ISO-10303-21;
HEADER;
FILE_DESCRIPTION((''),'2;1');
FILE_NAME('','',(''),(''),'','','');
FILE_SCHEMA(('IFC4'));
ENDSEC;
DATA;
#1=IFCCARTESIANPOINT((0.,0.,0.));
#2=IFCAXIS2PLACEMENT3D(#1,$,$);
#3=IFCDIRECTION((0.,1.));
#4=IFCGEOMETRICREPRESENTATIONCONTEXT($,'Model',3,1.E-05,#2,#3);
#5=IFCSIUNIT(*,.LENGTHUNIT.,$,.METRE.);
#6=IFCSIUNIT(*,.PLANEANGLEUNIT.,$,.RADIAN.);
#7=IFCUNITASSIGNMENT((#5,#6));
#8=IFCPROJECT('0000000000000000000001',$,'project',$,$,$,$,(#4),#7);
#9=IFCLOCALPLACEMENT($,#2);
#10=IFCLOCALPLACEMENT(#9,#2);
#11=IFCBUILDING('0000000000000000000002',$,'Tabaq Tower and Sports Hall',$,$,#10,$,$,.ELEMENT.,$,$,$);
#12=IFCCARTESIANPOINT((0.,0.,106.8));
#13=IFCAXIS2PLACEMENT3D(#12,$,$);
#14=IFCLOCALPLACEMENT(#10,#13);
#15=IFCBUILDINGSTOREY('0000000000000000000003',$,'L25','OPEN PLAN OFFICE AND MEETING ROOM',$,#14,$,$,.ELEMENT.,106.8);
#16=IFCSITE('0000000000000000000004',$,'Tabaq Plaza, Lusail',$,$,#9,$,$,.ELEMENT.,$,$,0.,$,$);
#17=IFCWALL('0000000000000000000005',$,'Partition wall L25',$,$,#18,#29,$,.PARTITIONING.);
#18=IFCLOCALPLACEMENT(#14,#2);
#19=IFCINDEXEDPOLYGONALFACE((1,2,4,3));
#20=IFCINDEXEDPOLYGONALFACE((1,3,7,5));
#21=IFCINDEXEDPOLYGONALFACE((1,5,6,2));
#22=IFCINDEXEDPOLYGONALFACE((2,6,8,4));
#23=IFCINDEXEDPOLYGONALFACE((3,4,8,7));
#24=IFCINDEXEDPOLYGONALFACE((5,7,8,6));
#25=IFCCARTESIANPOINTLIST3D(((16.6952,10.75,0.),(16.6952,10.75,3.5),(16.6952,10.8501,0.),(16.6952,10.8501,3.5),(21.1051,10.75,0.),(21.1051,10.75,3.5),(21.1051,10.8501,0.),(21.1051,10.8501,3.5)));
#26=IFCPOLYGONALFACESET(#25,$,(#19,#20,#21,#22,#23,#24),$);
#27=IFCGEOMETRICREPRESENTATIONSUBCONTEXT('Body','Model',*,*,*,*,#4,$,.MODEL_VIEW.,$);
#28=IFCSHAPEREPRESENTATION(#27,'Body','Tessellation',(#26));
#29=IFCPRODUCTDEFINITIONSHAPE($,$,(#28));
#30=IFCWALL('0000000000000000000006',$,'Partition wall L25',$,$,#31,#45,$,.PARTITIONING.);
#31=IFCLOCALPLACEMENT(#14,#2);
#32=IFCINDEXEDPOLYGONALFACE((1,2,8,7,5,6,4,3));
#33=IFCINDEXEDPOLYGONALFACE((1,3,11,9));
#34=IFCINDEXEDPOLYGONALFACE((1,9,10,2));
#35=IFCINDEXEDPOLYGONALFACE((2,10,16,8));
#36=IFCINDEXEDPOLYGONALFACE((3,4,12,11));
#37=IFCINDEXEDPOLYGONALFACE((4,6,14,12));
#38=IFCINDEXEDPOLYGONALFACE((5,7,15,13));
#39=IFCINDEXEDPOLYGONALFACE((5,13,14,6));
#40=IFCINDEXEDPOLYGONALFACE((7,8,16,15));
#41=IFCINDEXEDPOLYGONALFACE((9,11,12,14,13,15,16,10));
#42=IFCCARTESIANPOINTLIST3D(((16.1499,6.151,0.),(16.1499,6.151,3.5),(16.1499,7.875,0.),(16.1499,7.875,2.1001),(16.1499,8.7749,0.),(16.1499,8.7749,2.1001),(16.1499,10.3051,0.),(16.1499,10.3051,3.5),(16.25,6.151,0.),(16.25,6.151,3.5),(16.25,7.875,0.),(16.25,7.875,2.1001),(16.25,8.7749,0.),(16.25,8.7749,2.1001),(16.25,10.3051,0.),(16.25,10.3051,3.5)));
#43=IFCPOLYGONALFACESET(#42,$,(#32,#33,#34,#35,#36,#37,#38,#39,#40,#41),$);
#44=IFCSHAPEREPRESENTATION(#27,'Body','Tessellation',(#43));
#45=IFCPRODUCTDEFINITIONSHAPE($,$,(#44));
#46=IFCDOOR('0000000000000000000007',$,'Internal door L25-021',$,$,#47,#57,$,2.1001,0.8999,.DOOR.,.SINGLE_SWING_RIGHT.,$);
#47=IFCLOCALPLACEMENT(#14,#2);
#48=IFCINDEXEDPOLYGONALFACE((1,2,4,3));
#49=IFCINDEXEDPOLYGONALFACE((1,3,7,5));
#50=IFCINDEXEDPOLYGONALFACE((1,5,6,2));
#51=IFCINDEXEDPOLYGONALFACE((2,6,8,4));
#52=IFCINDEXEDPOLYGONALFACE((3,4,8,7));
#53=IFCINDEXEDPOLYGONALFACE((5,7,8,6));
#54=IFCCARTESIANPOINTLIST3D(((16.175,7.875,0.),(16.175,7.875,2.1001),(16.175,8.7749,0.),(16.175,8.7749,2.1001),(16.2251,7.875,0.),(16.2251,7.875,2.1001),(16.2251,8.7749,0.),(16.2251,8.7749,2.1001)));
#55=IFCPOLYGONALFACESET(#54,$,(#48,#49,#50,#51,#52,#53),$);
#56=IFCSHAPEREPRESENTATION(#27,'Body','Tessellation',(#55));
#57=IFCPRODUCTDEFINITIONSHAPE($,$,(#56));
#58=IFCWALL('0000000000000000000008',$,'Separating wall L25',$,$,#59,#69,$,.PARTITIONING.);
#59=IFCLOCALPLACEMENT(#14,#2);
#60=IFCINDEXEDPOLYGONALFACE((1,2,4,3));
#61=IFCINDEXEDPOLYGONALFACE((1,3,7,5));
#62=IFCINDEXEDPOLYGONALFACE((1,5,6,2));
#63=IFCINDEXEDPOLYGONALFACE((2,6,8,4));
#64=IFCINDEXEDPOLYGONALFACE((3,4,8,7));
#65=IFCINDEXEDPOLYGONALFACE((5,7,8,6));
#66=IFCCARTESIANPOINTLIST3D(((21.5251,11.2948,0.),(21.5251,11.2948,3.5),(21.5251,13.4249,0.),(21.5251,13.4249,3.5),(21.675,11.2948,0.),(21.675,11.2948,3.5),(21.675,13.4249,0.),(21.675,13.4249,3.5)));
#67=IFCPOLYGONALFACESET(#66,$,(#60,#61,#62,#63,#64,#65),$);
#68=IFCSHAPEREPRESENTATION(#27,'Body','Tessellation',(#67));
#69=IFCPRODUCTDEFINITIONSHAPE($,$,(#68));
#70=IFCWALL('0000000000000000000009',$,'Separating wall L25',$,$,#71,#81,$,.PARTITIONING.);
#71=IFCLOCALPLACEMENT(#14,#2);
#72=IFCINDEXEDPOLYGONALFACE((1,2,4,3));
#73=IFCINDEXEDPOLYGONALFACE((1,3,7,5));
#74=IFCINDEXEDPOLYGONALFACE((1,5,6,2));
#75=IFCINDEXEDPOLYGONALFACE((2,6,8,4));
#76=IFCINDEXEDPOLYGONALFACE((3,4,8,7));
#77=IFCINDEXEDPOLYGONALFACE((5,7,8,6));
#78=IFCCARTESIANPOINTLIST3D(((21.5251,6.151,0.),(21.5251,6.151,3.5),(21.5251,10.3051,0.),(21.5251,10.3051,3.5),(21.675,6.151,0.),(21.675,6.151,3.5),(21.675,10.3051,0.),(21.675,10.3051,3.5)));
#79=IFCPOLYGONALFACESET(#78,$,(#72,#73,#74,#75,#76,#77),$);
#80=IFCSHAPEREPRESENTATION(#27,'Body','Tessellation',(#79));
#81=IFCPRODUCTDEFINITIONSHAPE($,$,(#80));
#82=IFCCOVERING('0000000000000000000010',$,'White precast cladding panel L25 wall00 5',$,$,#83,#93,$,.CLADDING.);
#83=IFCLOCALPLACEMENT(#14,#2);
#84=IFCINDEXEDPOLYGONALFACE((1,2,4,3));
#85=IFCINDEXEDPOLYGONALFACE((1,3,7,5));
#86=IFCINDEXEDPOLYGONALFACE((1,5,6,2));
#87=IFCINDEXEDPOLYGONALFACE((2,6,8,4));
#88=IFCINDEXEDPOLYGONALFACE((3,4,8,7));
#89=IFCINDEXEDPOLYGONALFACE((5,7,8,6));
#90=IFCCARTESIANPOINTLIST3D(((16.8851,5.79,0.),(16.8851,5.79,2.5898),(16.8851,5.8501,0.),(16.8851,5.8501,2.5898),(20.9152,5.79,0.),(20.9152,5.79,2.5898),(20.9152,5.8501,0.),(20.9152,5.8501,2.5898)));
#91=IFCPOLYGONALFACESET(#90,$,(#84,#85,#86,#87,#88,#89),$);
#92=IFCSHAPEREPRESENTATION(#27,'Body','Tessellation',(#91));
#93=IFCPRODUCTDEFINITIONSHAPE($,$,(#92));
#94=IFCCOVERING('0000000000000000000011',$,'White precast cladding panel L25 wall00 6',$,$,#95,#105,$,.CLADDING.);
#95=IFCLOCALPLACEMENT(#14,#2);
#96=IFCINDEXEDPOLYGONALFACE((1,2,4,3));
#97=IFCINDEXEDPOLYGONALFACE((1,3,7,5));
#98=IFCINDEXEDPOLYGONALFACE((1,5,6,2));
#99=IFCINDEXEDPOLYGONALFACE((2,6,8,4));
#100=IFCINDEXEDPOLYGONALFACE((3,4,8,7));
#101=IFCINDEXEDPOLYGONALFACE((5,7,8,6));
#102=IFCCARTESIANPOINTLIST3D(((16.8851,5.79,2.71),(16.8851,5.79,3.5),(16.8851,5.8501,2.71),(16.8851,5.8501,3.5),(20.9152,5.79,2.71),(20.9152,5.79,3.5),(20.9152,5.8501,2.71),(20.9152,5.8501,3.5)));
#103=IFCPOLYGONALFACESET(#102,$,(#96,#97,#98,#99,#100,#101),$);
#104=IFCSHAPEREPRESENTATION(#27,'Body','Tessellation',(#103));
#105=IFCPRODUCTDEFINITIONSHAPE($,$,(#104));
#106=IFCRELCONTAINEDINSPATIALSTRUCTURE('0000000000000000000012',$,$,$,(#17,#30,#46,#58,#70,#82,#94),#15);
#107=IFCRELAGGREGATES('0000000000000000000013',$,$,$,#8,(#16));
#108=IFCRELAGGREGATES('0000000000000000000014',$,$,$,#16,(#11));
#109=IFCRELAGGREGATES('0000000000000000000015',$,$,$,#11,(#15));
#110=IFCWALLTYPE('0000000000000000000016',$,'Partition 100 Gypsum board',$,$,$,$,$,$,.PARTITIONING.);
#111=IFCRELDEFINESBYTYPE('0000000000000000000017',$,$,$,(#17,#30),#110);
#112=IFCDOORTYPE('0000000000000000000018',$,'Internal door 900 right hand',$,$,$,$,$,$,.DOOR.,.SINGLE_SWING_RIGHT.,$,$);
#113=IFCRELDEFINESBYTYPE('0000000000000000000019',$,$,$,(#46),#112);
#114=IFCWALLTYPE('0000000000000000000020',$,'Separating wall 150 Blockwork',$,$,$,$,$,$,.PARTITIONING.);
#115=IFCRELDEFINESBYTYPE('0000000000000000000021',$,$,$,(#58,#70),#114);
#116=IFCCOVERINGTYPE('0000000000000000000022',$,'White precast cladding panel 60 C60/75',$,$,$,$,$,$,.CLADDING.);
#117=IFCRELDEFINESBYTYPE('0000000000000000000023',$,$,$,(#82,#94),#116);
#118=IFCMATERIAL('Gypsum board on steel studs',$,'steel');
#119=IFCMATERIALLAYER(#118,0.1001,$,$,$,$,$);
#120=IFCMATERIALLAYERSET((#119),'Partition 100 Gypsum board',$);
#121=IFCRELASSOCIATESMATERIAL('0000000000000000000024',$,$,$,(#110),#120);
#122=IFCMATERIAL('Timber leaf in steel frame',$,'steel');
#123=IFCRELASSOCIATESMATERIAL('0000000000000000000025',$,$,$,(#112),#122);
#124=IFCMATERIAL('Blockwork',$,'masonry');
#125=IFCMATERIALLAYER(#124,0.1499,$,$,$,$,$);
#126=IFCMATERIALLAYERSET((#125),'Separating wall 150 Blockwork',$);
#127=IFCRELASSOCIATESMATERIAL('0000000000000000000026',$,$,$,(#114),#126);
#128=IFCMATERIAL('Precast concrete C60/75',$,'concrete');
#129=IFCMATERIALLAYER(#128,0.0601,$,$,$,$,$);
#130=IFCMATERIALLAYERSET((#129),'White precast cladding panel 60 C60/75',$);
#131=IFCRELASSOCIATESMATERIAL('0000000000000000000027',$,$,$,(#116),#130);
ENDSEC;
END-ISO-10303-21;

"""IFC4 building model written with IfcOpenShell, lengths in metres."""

from ifc_helpers import new_model, si_unit, direction, frame, frame_2d, origin, place, context, subcontext, project, spatial, rectangle, extrude, material, layer, layer_set, type_object, element, fill, save


model = new_model("IFC4")

# Units and contexts
model_context = context("Model", 3, precision=1e-05, world=origin(), true_north=direction((0.0, 1.0)))
body_context = subcontext(model_context, "Body", "Model", "MODEL_VIEW")
ifc_project = project(units=[si_unit("LENGTHUNIT", "METRE"), si_unit("PLANEANGLEUNIT", "RADIAN")], contexts=[model_context])

# Site, building, storey
site_placement = place(None, origin())
site = spatial("IfcSite", under=ifc_project, at=site_placement, Name="Tabaq Plaza, Lusail", CompositionType="ELEMENT", RefElevation=0.0)
building_placement = place(site_placement, origin())
building = spatial("IfcBuilding", under=site, at=building_placement, Name="Tabaq Tower and Sports Hall", CompositionType="ELEMENT")
storey_placement = place(building_placement, frame((0.0, 0.0, 106.8)))
storey = spatial("IfcBuildingStorey", under=building, at=storey_placement, Name="L25", Description="OPEN PLAN OFFICE AND MEETING ROOM", CompositionType="ELEMENT", Elevation=106.8)

# Shared definitions
ifc_material_1 = material(Name="Gypsum board on steel studs", Category="steel")
ifc_layer_1 = layer(ifc_material_1, 0.1001)
ifc_layer_set_1 = layer_set([ifc_layer_1], Name="Partition 100 Gypsum board")
wall_type_1 = type_object("IfcWallType", Name="Partition 100 Gypsum board", PredefinedType="PARTITIONING", material=ifc_layer_set_1)
ifc_material_2 = material(Name="Timber leaf in steel frame", Category="steel")
door_type_1 = type_object("IfcDoorType", Name="Internal door 900 right hand", OperationType="SINGLE_SWING_RIGHT", PredefinedType="DOOR", material=ifc_material_2)

# Wall
wall_1_placement = place(storey_placement, frame((16.6951, 10.8, 0.0), z_axis=(0.0, 0.0, 1.0), x_axis=(1.0, 0.0, 0.0)))
element("IfcWall", 1, at=wall_1_placement, inside=storey, type_object=wall_type_1, Name="Partition wall L25", PredefinedType="PARTITIONING", context=body_context, shape_type="SweptSolid", body=[
    extrude(rectangle(XDim=4.4099, YDim=0.1001, at=frame_2d((2.2051, 0.0))), origin(), (0.0, 0.0, 1.0), 3.5),
])

# Wall, opening, door
wall_2_placement = place(storey_placement, frame((16.2, 6.1509, 0.0), z_axis=(0.0, 0.0, 1.0), x_axis=(0.0, 1.0, 0.0)))
wall_2 = element("IfcWall", 2, at=wall_2_placement, inside=storey, type_object=wall_type_1, Name="Partition wall L25", PredefinedType="PARTITIONING", context=body_context, shape_type="SweptSolid", body=[
    extrude(rectangle(XDim=4.1541, YDim=0.1001, at=frame_2d((2.0771, 0.0))), origin(), (0.0, 0.0, 1.0), 3.5),
])
opening_1_placement = place(wall_2_placement, frame((1.7241, 0.0, 0.0)))
opening_1 = element("IfcOpeningElement", 3, at=opening_1_placement, cuts=wall_2, PredefinedType="OPENING", context=body_context, shape_type="SweptSolid", body=[
    extrude(rectangle(XDim=0.8999, YDim=2.1001, at=frame_2d((0.45, 1.05))), frame((0.0, 0.05, 0.0), z_axis=(0.0, -1.0, 0.0), x_axis=(1.0, 0.0, 0.0)), (0.0, 0.0, 1.0), 0.1001),
])
door_1_placement = place(opening_1_placement, origin())
door_1 = element("IfcDoor", 4, at=door_1_placement, inside=storey, type_object=door_type_1, Name="Internal door L25-021", OperationType="SINGLE_SWING_RIGHT", OverallHeight=2.1001, OverallWidth=0.8999, PredefinedType="DOOR", context=body_context, shape_type="SweptSolid", body=[
    extrude(rectangle(XDim=0.8999, YDim=2.1001, at=frame_2d((0.45, 1.05))), frame((0.0, 0.0249, 0.0), z_axis=(0.0, -1.0, 0.0), x_axis=(1.0, 0.0, 0.0)), (0.0, 0.0, 1.0), 0.05),
])
fill(opening_1, door_1)

# Walls
ifc_material_3 = material(Name="Blockwork", Category="masonry")
ifc_layer_2 = layer(ifc_material_3, 0.1499)
ifc_layer_set_2 = layer_set([ifc_layer_2], Name="Separating wall 150 Blockwork")
wall_type_2 = type_object("IfcWallType", Name="Separating wall 150 Blockwork", PredefinedType="PARTITIONING", material=ifc_layer_set_2)
wall_3_placement = place(storey_placement, frame((21.6001, 11.2949, 0.0), z_axis=(0.0, 0.0, 1.0), x_axis=(0.0, 1.0, 0.0)))
element("IfcWall", 5, at=wall_3_placement, inside=storey, type_object=wall_type_2, Name="Separating wall L25", PredefinedType="PARTITIONING", context=body_context, shape_type="SweptSolid", body=[
    extrude(rectangle(XDim=2.1301, YDim=0.1499, at=frame_2d((1.0649, 0.0))), origin(), (0.0, 0.0, 1.0), 3.5),
])
wall_4_placement = place(storey_placement, frame((21.6001, 6.1509, 0.0), z_axis=(0.0, 0.0, 1.0), x_axis=(0.0, 1.0, 0.0)))
element("IfcWall", 6, at=wall_4_placement, inside=storey, type_object=wall_type_2, Name="Separating wall L25", PredefinedType="PARTITIONING", context=body_context, shape_type="SweptSolid", body=[
    extrude(rectangle(XDim=4.1541, YDim=0.1499, at=frame_2d((2.0771, 0.0))), origin(), (0.0, 0.0, 1.0), 3.5),
])

# Coverings
ifc_material_4 = material(Name="Precast concrete C60/75", Category="concrete")
ifc_layer_3 = layer(ifc_material_4, 0.0601)
ifc_layer_set_3 = layer_set([ifc_layer_3], Name="White precast cladding panel 60 C60/75")
covering_type = type_object("IfcCoveringType", Name="White precast cladding panel 60 C60/75", PredefinedType="CLADDING", material=ifc_layer_set_3)
covering_1_placement = place(storey_placement, frame((16.885, 5.8201, 0.0), z_axis=(0.0, 0.0, 1.0), x_axis=(1.0, 0.0, 0.0)))
element("IfcCovering", 7, at=covering_1_placement, inside=storey, type_object=covering_type, Name="White precast cladding panel L25 wall00 5", PredefinedType="CLADDING", context=body_context, shape_type="SweptSolid", body=[
    extrude(rectangle(XDim=4.03, YDim=0.0601, at=frame_2d((2.0151, 0.0))), origin(), (0.0, 0.0, 1.0), 2.5898),
])
covering_2_placement = place(storey_placement, frame((16.885, 5.8201, 2.71), z_axis=(0.0, 0.0, 1.0), x_axis=(1.0, 0.0, 0.0)))
element("IfcCovering", 8, at=covering_2_placement, inside=storey, type_object=covering_type, Name="White precast cladding panel L25 wall00 6", PredefinedType="CLADDING", context=body_context, shape_type="SweptSolid", body=[
    extrude(rectangle(XDim=4.03, YDim=0.0601, at=frame_2d((2.0151, 0.0))), origin(), (0.0, 0.0, 1.0), 0.79),
])

save(model, "model.ifc")
